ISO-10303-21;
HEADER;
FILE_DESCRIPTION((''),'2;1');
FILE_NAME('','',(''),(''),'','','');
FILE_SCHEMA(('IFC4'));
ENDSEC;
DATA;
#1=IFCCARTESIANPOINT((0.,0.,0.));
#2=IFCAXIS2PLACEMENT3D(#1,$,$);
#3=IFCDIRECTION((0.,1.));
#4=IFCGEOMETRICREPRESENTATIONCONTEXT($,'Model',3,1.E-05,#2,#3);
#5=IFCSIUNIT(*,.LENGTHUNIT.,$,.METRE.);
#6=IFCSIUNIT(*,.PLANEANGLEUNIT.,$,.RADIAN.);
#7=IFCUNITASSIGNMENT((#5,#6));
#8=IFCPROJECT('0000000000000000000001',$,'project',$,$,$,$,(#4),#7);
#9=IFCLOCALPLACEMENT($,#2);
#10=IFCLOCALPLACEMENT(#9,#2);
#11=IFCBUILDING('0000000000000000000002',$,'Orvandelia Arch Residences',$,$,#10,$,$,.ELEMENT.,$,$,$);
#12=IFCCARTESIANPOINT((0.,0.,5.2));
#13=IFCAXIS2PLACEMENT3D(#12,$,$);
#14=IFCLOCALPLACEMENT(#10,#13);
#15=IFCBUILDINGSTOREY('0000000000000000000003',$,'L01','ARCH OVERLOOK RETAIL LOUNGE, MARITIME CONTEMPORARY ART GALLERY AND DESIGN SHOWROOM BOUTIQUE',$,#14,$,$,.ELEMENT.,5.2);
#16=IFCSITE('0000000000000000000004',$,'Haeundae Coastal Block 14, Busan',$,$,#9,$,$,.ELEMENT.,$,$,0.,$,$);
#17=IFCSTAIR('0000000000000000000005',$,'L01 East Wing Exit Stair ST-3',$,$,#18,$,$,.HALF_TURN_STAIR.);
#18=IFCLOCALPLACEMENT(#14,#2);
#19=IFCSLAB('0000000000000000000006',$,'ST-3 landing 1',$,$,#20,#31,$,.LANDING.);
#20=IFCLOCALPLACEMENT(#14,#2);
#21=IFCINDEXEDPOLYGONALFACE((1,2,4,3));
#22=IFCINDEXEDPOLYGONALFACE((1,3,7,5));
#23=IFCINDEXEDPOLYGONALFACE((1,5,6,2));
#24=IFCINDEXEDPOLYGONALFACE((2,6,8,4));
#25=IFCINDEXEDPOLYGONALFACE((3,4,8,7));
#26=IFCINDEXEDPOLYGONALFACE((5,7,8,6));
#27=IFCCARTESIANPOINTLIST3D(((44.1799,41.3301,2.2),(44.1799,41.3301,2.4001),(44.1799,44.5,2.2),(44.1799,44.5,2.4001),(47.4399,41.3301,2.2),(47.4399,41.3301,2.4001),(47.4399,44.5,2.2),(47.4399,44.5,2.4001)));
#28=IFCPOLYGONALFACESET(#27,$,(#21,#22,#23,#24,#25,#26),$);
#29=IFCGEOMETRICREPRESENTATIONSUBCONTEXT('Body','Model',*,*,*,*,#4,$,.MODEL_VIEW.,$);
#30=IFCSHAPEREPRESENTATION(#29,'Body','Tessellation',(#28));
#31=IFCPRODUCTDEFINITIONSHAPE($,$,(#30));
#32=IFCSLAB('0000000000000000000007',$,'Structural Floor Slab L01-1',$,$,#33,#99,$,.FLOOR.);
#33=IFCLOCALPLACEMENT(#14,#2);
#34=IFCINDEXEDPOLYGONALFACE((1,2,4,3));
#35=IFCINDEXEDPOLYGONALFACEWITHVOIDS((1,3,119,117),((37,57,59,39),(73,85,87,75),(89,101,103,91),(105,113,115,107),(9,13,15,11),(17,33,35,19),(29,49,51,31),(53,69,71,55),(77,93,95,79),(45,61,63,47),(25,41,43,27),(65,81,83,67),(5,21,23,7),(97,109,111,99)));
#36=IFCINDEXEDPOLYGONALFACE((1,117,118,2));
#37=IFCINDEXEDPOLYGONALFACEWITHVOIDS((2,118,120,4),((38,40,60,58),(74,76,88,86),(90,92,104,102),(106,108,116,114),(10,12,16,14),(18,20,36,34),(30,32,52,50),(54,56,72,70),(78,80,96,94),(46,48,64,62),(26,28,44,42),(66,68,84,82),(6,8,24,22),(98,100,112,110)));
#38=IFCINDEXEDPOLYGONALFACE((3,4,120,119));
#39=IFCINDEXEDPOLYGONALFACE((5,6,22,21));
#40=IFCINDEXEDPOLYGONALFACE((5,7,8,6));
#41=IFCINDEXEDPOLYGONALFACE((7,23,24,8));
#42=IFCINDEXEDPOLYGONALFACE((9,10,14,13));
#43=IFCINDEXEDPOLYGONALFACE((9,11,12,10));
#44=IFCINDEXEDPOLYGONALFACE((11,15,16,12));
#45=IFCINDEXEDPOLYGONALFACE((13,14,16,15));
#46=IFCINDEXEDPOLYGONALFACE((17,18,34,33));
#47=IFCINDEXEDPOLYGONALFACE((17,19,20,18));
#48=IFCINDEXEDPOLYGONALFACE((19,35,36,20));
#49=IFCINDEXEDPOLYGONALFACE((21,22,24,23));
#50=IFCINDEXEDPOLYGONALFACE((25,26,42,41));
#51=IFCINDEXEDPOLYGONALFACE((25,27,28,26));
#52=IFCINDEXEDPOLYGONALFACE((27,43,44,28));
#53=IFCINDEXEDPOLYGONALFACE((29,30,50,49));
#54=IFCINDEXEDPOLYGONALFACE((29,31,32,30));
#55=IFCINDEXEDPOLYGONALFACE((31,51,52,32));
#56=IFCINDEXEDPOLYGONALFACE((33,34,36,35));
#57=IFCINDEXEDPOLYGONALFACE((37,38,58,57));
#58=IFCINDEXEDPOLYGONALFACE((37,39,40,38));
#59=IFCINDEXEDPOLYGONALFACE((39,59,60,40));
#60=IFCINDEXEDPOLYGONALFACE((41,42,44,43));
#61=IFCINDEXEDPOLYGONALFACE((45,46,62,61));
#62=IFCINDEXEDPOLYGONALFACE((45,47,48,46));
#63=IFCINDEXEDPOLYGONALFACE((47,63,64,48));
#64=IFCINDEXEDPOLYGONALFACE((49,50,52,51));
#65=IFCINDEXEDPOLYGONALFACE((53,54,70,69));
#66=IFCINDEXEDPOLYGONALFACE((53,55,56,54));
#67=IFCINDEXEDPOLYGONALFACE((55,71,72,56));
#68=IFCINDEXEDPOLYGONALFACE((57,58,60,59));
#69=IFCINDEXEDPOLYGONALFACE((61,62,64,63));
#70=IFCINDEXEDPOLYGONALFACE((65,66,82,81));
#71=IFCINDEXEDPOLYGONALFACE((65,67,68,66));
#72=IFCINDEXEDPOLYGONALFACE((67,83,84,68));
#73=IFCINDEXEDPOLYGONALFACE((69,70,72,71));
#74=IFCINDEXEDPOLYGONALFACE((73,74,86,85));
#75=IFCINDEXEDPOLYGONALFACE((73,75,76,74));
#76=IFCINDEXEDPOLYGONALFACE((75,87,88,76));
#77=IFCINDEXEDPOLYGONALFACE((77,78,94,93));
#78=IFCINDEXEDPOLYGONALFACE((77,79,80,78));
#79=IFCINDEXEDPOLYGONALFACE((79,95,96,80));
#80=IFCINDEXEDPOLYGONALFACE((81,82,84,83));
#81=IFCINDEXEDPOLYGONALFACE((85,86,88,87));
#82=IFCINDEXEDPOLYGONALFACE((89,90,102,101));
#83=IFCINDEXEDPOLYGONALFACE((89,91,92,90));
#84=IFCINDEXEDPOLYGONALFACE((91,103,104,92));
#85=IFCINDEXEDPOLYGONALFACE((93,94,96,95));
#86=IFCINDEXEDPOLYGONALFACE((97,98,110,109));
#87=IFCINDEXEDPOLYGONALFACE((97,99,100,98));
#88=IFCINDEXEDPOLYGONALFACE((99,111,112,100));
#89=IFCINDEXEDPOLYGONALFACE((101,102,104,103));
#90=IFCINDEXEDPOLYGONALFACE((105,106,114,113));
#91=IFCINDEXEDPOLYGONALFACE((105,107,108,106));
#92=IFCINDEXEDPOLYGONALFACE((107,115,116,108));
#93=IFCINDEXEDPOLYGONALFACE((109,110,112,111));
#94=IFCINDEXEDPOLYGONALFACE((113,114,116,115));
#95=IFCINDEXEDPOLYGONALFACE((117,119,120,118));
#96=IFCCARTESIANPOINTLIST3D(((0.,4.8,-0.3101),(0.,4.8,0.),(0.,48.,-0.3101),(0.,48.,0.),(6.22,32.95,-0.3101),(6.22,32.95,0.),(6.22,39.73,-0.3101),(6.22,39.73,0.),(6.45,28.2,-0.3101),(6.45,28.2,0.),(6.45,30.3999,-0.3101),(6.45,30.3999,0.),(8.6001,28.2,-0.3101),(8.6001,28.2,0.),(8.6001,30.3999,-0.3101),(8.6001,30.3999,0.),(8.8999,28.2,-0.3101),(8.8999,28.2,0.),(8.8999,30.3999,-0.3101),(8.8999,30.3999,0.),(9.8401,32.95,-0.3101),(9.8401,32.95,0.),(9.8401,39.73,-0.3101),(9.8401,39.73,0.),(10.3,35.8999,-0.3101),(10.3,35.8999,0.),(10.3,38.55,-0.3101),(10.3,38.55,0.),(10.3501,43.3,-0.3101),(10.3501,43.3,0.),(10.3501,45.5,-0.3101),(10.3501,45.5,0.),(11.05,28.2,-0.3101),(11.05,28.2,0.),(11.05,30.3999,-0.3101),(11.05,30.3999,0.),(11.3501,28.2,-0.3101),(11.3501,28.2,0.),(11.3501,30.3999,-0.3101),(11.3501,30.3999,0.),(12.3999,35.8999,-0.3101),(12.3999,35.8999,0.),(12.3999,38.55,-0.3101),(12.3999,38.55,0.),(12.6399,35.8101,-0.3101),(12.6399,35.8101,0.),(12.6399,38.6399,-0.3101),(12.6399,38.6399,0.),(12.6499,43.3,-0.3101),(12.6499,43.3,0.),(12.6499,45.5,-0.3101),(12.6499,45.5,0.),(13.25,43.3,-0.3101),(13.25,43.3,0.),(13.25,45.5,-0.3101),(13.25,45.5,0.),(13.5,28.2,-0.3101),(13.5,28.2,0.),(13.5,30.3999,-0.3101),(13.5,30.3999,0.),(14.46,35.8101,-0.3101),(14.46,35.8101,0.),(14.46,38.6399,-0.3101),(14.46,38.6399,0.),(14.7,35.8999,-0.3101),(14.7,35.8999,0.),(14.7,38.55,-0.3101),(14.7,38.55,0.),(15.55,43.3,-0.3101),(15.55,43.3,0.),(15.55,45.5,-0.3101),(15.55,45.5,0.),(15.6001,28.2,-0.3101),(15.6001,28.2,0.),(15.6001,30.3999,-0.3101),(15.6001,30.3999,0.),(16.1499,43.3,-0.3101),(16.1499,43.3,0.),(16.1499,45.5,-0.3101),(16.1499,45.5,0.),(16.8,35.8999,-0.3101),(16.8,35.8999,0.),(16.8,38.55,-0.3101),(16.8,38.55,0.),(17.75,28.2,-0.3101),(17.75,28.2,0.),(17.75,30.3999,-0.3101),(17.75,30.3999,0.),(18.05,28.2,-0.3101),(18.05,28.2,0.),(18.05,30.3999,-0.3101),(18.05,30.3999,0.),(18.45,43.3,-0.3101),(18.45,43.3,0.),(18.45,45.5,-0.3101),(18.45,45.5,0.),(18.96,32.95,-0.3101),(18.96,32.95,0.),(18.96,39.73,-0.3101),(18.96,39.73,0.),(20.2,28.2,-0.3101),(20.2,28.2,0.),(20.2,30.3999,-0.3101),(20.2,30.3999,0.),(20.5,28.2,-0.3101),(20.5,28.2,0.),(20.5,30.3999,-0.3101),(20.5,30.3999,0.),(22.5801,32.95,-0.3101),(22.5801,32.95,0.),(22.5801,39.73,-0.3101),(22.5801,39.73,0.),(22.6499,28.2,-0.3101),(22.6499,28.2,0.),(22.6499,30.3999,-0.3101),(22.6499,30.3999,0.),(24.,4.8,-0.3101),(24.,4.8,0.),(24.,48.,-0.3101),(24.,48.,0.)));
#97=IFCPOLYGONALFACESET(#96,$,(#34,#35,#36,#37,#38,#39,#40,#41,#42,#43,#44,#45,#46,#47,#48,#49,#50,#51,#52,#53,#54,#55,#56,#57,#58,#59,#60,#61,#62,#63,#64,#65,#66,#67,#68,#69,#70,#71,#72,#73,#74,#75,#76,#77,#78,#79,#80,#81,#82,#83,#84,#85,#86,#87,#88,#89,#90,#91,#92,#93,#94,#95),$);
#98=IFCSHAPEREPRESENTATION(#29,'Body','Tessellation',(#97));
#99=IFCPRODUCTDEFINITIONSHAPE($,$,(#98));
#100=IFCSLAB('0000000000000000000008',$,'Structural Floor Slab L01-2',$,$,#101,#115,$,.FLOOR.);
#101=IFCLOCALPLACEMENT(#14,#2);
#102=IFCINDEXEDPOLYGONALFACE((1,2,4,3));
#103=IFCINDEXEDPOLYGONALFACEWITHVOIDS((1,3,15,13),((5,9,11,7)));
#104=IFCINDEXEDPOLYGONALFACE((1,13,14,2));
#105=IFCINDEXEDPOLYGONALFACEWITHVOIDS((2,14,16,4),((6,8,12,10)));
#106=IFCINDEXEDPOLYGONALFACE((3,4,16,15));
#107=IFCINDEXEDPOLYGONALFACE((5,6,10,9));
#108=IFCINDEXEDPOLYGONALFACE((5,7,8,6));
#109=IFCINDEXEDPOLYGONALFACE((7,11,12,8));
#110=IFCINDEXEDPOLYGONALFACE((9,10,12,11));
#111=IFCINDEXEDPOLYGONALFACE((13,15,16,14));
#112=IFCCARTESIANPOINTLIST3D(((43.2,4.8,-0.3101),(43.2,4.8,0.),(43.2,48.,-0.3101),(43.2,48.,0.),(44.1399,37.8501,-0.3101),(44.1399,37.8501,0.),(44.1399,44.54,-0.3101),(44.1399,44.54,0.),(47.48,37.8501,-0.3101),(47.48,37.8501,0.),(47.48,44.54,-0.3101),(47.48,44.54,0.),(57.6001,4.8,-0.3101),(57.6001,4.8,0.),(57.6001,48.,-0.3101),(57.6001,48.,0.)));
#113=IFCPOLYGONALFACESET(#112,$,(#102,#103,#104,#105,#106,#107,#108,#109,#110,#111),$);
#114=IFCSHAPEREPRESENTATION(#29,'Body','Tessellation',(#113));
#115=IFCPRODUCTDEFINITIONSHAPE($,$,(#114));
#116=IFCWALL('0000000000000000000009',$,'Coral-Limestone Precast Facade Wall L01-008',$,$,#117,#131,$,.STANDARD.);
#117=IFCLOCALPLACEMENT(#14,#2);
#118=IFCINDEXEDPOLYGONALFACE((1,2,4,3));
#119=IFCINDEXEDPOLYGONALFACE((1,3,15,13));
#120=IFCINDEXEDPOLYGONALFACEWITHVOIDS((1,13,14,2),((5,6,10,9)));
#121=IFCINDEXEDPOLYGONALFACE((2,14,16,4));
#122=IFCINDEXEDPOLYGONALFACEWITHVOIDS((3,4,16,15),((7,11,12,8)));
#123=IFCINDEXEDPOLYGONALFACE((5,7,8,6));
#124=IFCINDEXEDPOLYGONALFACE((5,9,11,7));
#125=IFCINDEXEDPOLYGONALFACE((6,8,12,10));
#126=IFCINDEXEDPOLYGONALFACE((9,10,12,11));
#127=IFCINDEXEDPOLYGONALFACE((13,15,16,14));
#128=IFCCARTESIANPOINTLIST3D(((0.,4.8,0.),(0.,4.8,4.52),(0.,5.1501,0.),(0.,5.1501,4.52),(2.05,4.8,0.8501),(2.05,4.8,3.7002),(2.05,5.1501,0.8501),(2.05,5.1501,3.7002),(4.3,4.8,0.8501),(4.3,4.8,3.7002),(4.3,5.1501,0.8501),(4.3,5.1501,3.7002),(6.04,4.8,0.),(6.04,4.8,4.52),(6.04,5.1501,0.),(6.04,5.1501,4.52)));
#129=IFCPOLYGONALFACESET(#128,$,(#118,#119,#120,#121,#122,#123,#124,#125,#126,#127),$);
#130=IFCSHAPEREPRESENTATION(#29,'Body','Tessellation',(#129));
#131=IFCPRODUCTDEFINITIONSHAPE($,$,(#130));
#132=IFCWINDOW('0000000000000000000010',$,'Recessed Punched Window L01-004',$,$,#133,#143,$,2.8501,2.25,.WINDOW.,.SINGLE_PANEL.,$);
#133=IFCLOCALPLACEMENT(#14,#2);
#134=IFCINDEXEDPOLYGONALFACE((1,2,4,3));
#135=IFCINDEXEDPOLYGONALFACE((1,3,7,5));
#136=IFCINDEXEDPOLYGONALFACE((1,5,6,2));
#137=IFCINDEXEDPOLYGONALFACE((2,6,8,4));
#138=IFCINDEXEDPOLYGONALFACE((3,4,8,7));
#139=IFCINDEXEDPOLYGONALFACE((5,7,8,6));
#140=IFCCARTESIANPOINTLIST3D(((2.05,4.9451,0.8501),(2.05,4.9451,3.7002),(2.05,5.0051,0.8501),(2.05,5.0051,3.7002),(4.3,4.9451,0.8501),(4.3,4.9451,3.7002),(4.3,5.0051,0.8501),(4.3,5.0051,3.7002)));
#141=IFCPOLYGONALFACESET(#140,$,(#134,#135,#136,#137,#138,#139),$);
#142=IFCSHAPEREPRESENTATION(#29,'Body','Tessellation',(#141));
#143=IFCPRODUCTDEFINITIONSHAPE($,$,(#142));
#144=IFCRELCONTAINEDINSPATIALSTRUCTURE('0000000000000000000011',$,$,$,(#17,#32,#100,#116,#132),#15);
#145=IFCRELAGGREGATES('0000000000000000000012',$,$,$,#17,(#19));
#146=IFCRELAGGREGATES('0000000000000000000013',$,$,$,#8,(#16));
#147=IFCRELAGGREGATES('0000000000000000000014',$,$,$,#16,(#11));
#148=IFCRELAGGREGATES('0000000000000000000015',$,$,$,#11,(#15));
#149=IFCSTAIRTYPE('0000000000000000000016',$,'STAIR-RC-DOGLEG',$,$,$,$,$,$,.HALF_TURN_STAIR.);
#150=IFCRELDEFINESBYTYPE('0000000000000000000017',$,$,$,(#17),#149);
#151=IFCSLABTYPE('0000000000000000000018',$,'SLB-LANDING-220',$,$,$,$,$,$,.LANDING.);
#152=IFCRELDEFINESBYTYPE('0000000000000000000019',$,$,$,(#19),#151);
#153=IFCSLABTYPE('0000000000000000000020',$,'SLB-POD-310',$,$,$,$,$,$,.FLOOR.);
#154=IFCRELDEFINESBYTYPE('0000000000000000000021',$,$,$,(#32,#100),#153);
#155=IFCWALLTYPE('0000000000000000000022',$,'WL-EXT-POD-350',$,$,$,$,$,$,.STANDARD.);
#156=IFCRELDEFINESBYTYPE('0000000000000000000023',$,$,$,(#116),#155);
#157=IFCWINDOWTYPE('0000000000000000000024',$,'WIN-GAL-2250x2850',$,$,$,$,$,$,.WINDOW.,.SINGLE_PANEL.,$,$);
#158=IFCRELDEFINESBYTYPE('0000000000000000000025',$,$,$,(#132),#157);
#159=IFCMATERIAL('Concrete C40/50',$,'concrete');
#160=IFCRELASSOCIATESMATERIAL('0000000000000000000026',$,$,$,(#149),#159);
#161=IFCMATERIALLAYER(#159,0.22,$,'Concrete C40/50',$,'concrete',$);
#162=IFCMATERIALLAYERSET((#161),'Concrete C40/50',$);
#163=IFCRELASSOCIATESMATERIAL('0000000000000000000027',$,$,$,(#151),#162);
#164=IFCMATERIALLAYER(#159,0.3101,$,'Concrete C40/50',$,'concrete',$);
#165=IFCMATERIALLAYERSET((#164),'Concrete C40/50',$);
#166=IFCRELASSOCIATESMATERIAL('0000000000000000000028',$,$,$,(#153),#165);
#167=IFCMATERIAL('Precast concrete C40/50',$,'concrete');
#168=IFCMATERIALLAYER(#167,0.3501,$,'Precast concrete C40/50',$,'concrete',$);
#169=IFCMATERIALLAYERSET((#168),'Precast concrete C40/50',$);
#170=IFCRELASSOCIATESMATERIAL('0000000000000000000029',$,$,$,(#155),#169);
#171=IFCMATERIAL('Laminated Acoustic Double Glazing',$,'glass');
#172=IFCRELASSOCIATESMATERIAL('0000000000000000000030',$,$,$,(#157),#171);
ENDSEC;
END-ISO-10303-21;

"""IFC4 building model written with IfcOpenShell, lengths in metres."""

from ifc_helpers import new_model, si_unit, direction, frame, frame_2d, origin, place, context, subcontext, project, spatial, polyline, rectangle, outline, extrude, material, layer, layer_set, type_object, element, fill, aggregate, save


model = new_model("IFC4")

# Units and contexts
model_context = context("Model", 3, precision=1e-05, world=origin(), true_north=direction((0.0, 1.0)))
body_context = subcontext(model_context, "Body", "Model", "MODEL_VIEW")
ifc_project = project(units=[si_unit("LENGTHUNIT", "METRE"), si_unit("PLANEANGLEUNIT", "RADIAN")], contexts=[model_context])

# Site, building, storey
site_placement = place(None, origin())
site = spatial("IfcSite", under=ifc_project, at=site_placement, Name="Haeundae Coastal Block 14, Busan", CompositionType="ELEMENT", RefElevation=0.0)
building_placement = place(site_placement, origin())
building = spatial("IfcBuilding", under=site, at=building_placement, Name="Orvandelia Arch Residences", CompositionType="ELEMENT")
storey_placement = place(building_placement, frame((0.0, 0.0, 5.2)))
storey = spatial("IfcBuildingStorey", under=building, at=storey_placement, Name="L01", Description="ARCH OVERLOOK RETAIL LOUNGE, MARITIME CONTEMPORARY ART GALLERY AND DESIGN SHOWROOM BOUTIQUE", CompositionType="ELEMENT", Elevation=5.2)

# Stair, slab
ifc_material_1 = material(Name="Concrete C40/50", Category="concrete")
stair_type = type_object("IfcStairType", Name="STAIR-RC-DOGLEG", PredefinedType="HALF_TURN_STAIR", material=ifc_material_1)
ifc_layer_1 = layer(ifc_material_1, 0.22, Name="Concrete C40/50", Category="concrete")
ifc_layer_set_1 = layer_set([ifc_layer_1], Name="Concrete C40/50")
slab_type_1 = type_object("IfcSlabType", Name="SLB-LANDING-220", PredefinedType="LANDING", material=ifc_layer_set_1)
stair_1_placement = place(storey_placement, origin())
stair_1 = element("IfcStair", 1, at=stair_1_placement, inside=storey, type_object=stair_type, Name="L01 East Wing Exit Stair ST-3", PredefinedType="HALF_TURN_STAIR")
slab_1_placement = place(storey_placement, frame((0.0, 0.0, 2.2)))
slab_1 = element("IfcSlab", 2, at=slab_1_placement, type_object=slab_type_1, Name="ST-3 landing 1", PredefinedType="LANDING", context=body_context, shape_type="SweptSolid", body=[
    extrude(outline(polyline([(47.4399, 41.3301), (47.4399, 44.5), (44.1799, 44.5), (44.1799, 41.3301), (47.4399, 41.3301)])), origin(), (0.0, 0.0, 1.0), 0.2002),
])
aggregate(stair_1, [slab_1])

# Slabs
ifc_layer_2 = layer(ifc_material_1, 0.3101, Name="Concrete C40/50", Category="concrete")
ifc_layer_set_2 = layer_set([ifc_layer_2], Name="Concrete C40/50")
slab_type_2 = type_object("IfcSlabType", Name="SLB-POD-310", PredefinedType="FLOOR", material=ifc_layer_set_2)
slab_2_placement = place(storey_placement, frame((0.0, 0.0, -0.3101)))
element("IfcSlab", 3, at=slab_2_placement, inside=storey, type_object=slab_type_2, Name="Structural Floor Slab L01-1", PredefinedType="FLOOR", context=body_context, shape_type="SweptSolid", body=[
    extrude(outline(polyline([(0.0, 4.8), (24.0, 4.8), (24.0, 48.0), (0.0, 48.0), (0.0, 4.8)]), holes=[polyline([(6.22, 32.95), (9.8401, 32.95), (9.8401, 39.73), (6.22, 39.73), (6.22, 32.95)]), polyline([(18.96, 32.95), (22.5801, 32.95), (22.5801, 39.73), (18.96, 39.73), (18.96, 32.95)]), polyline([(12.6399, 35.8101), (14.46, 35.8101), (14.46, 38.6399), (12.6399, 38.6399), (12.6399, 35.8101)]), polyline([(10.3, 35.8999), (12.3999, 35.8999), (12.3999, 38.55), (10.3, 38.55), (10.3, 35.8999)]), polyline([(14.7, 35.8999), (16.8, 35.8999), (16.8, 38.55), (14.7, 38.55), (14.7, 35.8999)]), polyline([(10.3501, 43.3), (12.6499, 43.3), (12.6499, 45.5), (10.3501, 45.5), (10.3501, 43.3)]), polyline([(13.25, 43.3), (15.55, 43.3), (15.55, 45.5), (13.25, 45.5), (13.25, 43.3)]), polyline([(16.1499, 43.3), (18.45, 43.3), (18.45, 45.5), (16.1499, 45.5), (16.1499, 43.3)]), polyline([(6.45, 28.2), (8.6001, 28.2), (8.6001, 30.3999), (6.45, 30.3999), (6.45, 28.2)]), polyline([(8.8999, 28.2), (11.05, 28.2), (11.05, 30.3999), (8.8999, 30.3999), (8.8999, 28.2)]), polyline([(11.3501, 28.2), (13.5, 28.2), (13.5, 30.3999), (11.3501, 30.3999), (11.3501, 28.2)]), polyline([(15.6001, 28.2), (17.75, 28.2), (17.75, 30.3999), (15.6001, 30.3999), (15.6001, 28.2)]), polyline([(18.05, 28.2), (20.2, 28.2), (20.2, 30.3999), (18.05, 30.3999), (18.05, 28.2)]), polyline([(20.5, 28.2), (22.6499, 28.2), (22.6499, 30.3999), (20.5, 30.3999), (20.5, 28.2)])]), origin(), (0.0, 0.0, 1.0), 0.3101),
])
slab_3_placement = place(storey_placement, frame((0.0, 0.0, -0.3101)))
element("IfcSlab", 4, at=slab_3_placement, inside=storey, type_object=slab_type_2, Name="Structural Floor Slab L01-2", PredefinedType="FLOOR", context=body_context, shape_type="SweptSolid", body=[
    extrude(outline(polyline([(43.2, 4.8), (57.6001, 4.8), (57.6001, 48.0), (43.2, 48.0), (43.2, 4.8)]), holes=[polyline([(44.1399, 37.8501), (47.48, 37.8501), (47.48, 44.54), (44.1399, 44.54), (44.1399, 37.8501)])]), origin(), (0.0, 0.0, 1.0), 0.3101),
])

# Wall, opening, window
ifc_material_2 = material(Name="Precast concrete C40/50", Category="concrete")
ifc_layer_3 = layer(ifc_material_2, 0.3501, Name="Precast concrete C40/50", Category="concrete")
ifc_layer_set_3 = layer_set([ifc_layer_3], Name="Precast concrete C40/50")
wall_type = type_object("IfcWallType", Name="WL-EXT-POD-350", PredefinedType="STANDARD", material=ifc_layer_set_3)
wall_1_placement = place(storey_placement, frame((6.04, 4.9751, 0.0), z_axis=(0.0, 0.0, 1.0), x_axis=(-1.0, 0.0, 0.0)))
wall_1 = element("IfcWall", 5, at=wall_1_placement, inside=storey, type_object=wall_type, Name="Coral-Limestone Precast Facade Wall L01-008", PredefinedType="STANDARD", context=body_context, shape_type="SweptSolid", body=[
    extrude(rectangle(XDim=6.04, YDim=0.3501, at=frame_2d((3.02, 0.0))), origin(), (0.0, 0.0, 1.0), 4.52),
])
opening_1_placement = place(wall_1_placement, frame((1.74, 0.0, 0.8501)))
opening_1 = element("IfcOpeningElement", 6, at=opening_1_placement, cuts=wall_1, PredefinedType="OPENING", context=body_context, shape_type="SweptSolid", body=[
    extrude(rectangle(XDim=2.25, YDim=2.8501, at=frame_2d((1.125, 1.425))), frame((0.0, 0.1851, 0.0), z_axis=(0.0, -1.0, 0.0), x_axis=(1.0, 0.0, 0.0)), (0.0, 0.0, 1.0), 0.3701),
])
ifc_material_3 = material(Name="Laminated Acoustic Double Glazing", Category="glass")
window_type_1 = type_object("IfcWindowType", Name="WIN-GAL-2250x2850", PartitioningType="SINGLE_PANEL", PredefinedType="WINDOW", material=ifc_material_3)
window_1_placement = place(opening_1_placement, origin())
window_1 = element("IfcWindow", 7, at=window_1_placement, inside=storey, type_object=window_type_1, Name="Recessed Punched Window L01-004", OverallHeight=2.8501, OverallWidth=2.25, PartitioningType="SINGLE_PANEL", PredefinedType="WINDOW", context=body_context, shape_type="SweptSolid", body=[
    extrude(rectangle(XDim=2.25, YDim=2.8501, at=frame_2d((1.125, 1.425))), frame((0.0, 0.03, 0.0), z_axis=(0.0, -1.0, 0.0), x_axis=(1.0, 0.0, 0.0)), (0.0, 0.0, 1.0), 0.0601),
])
fill(opening_1, window_1)

save(model, "model.ifc")
